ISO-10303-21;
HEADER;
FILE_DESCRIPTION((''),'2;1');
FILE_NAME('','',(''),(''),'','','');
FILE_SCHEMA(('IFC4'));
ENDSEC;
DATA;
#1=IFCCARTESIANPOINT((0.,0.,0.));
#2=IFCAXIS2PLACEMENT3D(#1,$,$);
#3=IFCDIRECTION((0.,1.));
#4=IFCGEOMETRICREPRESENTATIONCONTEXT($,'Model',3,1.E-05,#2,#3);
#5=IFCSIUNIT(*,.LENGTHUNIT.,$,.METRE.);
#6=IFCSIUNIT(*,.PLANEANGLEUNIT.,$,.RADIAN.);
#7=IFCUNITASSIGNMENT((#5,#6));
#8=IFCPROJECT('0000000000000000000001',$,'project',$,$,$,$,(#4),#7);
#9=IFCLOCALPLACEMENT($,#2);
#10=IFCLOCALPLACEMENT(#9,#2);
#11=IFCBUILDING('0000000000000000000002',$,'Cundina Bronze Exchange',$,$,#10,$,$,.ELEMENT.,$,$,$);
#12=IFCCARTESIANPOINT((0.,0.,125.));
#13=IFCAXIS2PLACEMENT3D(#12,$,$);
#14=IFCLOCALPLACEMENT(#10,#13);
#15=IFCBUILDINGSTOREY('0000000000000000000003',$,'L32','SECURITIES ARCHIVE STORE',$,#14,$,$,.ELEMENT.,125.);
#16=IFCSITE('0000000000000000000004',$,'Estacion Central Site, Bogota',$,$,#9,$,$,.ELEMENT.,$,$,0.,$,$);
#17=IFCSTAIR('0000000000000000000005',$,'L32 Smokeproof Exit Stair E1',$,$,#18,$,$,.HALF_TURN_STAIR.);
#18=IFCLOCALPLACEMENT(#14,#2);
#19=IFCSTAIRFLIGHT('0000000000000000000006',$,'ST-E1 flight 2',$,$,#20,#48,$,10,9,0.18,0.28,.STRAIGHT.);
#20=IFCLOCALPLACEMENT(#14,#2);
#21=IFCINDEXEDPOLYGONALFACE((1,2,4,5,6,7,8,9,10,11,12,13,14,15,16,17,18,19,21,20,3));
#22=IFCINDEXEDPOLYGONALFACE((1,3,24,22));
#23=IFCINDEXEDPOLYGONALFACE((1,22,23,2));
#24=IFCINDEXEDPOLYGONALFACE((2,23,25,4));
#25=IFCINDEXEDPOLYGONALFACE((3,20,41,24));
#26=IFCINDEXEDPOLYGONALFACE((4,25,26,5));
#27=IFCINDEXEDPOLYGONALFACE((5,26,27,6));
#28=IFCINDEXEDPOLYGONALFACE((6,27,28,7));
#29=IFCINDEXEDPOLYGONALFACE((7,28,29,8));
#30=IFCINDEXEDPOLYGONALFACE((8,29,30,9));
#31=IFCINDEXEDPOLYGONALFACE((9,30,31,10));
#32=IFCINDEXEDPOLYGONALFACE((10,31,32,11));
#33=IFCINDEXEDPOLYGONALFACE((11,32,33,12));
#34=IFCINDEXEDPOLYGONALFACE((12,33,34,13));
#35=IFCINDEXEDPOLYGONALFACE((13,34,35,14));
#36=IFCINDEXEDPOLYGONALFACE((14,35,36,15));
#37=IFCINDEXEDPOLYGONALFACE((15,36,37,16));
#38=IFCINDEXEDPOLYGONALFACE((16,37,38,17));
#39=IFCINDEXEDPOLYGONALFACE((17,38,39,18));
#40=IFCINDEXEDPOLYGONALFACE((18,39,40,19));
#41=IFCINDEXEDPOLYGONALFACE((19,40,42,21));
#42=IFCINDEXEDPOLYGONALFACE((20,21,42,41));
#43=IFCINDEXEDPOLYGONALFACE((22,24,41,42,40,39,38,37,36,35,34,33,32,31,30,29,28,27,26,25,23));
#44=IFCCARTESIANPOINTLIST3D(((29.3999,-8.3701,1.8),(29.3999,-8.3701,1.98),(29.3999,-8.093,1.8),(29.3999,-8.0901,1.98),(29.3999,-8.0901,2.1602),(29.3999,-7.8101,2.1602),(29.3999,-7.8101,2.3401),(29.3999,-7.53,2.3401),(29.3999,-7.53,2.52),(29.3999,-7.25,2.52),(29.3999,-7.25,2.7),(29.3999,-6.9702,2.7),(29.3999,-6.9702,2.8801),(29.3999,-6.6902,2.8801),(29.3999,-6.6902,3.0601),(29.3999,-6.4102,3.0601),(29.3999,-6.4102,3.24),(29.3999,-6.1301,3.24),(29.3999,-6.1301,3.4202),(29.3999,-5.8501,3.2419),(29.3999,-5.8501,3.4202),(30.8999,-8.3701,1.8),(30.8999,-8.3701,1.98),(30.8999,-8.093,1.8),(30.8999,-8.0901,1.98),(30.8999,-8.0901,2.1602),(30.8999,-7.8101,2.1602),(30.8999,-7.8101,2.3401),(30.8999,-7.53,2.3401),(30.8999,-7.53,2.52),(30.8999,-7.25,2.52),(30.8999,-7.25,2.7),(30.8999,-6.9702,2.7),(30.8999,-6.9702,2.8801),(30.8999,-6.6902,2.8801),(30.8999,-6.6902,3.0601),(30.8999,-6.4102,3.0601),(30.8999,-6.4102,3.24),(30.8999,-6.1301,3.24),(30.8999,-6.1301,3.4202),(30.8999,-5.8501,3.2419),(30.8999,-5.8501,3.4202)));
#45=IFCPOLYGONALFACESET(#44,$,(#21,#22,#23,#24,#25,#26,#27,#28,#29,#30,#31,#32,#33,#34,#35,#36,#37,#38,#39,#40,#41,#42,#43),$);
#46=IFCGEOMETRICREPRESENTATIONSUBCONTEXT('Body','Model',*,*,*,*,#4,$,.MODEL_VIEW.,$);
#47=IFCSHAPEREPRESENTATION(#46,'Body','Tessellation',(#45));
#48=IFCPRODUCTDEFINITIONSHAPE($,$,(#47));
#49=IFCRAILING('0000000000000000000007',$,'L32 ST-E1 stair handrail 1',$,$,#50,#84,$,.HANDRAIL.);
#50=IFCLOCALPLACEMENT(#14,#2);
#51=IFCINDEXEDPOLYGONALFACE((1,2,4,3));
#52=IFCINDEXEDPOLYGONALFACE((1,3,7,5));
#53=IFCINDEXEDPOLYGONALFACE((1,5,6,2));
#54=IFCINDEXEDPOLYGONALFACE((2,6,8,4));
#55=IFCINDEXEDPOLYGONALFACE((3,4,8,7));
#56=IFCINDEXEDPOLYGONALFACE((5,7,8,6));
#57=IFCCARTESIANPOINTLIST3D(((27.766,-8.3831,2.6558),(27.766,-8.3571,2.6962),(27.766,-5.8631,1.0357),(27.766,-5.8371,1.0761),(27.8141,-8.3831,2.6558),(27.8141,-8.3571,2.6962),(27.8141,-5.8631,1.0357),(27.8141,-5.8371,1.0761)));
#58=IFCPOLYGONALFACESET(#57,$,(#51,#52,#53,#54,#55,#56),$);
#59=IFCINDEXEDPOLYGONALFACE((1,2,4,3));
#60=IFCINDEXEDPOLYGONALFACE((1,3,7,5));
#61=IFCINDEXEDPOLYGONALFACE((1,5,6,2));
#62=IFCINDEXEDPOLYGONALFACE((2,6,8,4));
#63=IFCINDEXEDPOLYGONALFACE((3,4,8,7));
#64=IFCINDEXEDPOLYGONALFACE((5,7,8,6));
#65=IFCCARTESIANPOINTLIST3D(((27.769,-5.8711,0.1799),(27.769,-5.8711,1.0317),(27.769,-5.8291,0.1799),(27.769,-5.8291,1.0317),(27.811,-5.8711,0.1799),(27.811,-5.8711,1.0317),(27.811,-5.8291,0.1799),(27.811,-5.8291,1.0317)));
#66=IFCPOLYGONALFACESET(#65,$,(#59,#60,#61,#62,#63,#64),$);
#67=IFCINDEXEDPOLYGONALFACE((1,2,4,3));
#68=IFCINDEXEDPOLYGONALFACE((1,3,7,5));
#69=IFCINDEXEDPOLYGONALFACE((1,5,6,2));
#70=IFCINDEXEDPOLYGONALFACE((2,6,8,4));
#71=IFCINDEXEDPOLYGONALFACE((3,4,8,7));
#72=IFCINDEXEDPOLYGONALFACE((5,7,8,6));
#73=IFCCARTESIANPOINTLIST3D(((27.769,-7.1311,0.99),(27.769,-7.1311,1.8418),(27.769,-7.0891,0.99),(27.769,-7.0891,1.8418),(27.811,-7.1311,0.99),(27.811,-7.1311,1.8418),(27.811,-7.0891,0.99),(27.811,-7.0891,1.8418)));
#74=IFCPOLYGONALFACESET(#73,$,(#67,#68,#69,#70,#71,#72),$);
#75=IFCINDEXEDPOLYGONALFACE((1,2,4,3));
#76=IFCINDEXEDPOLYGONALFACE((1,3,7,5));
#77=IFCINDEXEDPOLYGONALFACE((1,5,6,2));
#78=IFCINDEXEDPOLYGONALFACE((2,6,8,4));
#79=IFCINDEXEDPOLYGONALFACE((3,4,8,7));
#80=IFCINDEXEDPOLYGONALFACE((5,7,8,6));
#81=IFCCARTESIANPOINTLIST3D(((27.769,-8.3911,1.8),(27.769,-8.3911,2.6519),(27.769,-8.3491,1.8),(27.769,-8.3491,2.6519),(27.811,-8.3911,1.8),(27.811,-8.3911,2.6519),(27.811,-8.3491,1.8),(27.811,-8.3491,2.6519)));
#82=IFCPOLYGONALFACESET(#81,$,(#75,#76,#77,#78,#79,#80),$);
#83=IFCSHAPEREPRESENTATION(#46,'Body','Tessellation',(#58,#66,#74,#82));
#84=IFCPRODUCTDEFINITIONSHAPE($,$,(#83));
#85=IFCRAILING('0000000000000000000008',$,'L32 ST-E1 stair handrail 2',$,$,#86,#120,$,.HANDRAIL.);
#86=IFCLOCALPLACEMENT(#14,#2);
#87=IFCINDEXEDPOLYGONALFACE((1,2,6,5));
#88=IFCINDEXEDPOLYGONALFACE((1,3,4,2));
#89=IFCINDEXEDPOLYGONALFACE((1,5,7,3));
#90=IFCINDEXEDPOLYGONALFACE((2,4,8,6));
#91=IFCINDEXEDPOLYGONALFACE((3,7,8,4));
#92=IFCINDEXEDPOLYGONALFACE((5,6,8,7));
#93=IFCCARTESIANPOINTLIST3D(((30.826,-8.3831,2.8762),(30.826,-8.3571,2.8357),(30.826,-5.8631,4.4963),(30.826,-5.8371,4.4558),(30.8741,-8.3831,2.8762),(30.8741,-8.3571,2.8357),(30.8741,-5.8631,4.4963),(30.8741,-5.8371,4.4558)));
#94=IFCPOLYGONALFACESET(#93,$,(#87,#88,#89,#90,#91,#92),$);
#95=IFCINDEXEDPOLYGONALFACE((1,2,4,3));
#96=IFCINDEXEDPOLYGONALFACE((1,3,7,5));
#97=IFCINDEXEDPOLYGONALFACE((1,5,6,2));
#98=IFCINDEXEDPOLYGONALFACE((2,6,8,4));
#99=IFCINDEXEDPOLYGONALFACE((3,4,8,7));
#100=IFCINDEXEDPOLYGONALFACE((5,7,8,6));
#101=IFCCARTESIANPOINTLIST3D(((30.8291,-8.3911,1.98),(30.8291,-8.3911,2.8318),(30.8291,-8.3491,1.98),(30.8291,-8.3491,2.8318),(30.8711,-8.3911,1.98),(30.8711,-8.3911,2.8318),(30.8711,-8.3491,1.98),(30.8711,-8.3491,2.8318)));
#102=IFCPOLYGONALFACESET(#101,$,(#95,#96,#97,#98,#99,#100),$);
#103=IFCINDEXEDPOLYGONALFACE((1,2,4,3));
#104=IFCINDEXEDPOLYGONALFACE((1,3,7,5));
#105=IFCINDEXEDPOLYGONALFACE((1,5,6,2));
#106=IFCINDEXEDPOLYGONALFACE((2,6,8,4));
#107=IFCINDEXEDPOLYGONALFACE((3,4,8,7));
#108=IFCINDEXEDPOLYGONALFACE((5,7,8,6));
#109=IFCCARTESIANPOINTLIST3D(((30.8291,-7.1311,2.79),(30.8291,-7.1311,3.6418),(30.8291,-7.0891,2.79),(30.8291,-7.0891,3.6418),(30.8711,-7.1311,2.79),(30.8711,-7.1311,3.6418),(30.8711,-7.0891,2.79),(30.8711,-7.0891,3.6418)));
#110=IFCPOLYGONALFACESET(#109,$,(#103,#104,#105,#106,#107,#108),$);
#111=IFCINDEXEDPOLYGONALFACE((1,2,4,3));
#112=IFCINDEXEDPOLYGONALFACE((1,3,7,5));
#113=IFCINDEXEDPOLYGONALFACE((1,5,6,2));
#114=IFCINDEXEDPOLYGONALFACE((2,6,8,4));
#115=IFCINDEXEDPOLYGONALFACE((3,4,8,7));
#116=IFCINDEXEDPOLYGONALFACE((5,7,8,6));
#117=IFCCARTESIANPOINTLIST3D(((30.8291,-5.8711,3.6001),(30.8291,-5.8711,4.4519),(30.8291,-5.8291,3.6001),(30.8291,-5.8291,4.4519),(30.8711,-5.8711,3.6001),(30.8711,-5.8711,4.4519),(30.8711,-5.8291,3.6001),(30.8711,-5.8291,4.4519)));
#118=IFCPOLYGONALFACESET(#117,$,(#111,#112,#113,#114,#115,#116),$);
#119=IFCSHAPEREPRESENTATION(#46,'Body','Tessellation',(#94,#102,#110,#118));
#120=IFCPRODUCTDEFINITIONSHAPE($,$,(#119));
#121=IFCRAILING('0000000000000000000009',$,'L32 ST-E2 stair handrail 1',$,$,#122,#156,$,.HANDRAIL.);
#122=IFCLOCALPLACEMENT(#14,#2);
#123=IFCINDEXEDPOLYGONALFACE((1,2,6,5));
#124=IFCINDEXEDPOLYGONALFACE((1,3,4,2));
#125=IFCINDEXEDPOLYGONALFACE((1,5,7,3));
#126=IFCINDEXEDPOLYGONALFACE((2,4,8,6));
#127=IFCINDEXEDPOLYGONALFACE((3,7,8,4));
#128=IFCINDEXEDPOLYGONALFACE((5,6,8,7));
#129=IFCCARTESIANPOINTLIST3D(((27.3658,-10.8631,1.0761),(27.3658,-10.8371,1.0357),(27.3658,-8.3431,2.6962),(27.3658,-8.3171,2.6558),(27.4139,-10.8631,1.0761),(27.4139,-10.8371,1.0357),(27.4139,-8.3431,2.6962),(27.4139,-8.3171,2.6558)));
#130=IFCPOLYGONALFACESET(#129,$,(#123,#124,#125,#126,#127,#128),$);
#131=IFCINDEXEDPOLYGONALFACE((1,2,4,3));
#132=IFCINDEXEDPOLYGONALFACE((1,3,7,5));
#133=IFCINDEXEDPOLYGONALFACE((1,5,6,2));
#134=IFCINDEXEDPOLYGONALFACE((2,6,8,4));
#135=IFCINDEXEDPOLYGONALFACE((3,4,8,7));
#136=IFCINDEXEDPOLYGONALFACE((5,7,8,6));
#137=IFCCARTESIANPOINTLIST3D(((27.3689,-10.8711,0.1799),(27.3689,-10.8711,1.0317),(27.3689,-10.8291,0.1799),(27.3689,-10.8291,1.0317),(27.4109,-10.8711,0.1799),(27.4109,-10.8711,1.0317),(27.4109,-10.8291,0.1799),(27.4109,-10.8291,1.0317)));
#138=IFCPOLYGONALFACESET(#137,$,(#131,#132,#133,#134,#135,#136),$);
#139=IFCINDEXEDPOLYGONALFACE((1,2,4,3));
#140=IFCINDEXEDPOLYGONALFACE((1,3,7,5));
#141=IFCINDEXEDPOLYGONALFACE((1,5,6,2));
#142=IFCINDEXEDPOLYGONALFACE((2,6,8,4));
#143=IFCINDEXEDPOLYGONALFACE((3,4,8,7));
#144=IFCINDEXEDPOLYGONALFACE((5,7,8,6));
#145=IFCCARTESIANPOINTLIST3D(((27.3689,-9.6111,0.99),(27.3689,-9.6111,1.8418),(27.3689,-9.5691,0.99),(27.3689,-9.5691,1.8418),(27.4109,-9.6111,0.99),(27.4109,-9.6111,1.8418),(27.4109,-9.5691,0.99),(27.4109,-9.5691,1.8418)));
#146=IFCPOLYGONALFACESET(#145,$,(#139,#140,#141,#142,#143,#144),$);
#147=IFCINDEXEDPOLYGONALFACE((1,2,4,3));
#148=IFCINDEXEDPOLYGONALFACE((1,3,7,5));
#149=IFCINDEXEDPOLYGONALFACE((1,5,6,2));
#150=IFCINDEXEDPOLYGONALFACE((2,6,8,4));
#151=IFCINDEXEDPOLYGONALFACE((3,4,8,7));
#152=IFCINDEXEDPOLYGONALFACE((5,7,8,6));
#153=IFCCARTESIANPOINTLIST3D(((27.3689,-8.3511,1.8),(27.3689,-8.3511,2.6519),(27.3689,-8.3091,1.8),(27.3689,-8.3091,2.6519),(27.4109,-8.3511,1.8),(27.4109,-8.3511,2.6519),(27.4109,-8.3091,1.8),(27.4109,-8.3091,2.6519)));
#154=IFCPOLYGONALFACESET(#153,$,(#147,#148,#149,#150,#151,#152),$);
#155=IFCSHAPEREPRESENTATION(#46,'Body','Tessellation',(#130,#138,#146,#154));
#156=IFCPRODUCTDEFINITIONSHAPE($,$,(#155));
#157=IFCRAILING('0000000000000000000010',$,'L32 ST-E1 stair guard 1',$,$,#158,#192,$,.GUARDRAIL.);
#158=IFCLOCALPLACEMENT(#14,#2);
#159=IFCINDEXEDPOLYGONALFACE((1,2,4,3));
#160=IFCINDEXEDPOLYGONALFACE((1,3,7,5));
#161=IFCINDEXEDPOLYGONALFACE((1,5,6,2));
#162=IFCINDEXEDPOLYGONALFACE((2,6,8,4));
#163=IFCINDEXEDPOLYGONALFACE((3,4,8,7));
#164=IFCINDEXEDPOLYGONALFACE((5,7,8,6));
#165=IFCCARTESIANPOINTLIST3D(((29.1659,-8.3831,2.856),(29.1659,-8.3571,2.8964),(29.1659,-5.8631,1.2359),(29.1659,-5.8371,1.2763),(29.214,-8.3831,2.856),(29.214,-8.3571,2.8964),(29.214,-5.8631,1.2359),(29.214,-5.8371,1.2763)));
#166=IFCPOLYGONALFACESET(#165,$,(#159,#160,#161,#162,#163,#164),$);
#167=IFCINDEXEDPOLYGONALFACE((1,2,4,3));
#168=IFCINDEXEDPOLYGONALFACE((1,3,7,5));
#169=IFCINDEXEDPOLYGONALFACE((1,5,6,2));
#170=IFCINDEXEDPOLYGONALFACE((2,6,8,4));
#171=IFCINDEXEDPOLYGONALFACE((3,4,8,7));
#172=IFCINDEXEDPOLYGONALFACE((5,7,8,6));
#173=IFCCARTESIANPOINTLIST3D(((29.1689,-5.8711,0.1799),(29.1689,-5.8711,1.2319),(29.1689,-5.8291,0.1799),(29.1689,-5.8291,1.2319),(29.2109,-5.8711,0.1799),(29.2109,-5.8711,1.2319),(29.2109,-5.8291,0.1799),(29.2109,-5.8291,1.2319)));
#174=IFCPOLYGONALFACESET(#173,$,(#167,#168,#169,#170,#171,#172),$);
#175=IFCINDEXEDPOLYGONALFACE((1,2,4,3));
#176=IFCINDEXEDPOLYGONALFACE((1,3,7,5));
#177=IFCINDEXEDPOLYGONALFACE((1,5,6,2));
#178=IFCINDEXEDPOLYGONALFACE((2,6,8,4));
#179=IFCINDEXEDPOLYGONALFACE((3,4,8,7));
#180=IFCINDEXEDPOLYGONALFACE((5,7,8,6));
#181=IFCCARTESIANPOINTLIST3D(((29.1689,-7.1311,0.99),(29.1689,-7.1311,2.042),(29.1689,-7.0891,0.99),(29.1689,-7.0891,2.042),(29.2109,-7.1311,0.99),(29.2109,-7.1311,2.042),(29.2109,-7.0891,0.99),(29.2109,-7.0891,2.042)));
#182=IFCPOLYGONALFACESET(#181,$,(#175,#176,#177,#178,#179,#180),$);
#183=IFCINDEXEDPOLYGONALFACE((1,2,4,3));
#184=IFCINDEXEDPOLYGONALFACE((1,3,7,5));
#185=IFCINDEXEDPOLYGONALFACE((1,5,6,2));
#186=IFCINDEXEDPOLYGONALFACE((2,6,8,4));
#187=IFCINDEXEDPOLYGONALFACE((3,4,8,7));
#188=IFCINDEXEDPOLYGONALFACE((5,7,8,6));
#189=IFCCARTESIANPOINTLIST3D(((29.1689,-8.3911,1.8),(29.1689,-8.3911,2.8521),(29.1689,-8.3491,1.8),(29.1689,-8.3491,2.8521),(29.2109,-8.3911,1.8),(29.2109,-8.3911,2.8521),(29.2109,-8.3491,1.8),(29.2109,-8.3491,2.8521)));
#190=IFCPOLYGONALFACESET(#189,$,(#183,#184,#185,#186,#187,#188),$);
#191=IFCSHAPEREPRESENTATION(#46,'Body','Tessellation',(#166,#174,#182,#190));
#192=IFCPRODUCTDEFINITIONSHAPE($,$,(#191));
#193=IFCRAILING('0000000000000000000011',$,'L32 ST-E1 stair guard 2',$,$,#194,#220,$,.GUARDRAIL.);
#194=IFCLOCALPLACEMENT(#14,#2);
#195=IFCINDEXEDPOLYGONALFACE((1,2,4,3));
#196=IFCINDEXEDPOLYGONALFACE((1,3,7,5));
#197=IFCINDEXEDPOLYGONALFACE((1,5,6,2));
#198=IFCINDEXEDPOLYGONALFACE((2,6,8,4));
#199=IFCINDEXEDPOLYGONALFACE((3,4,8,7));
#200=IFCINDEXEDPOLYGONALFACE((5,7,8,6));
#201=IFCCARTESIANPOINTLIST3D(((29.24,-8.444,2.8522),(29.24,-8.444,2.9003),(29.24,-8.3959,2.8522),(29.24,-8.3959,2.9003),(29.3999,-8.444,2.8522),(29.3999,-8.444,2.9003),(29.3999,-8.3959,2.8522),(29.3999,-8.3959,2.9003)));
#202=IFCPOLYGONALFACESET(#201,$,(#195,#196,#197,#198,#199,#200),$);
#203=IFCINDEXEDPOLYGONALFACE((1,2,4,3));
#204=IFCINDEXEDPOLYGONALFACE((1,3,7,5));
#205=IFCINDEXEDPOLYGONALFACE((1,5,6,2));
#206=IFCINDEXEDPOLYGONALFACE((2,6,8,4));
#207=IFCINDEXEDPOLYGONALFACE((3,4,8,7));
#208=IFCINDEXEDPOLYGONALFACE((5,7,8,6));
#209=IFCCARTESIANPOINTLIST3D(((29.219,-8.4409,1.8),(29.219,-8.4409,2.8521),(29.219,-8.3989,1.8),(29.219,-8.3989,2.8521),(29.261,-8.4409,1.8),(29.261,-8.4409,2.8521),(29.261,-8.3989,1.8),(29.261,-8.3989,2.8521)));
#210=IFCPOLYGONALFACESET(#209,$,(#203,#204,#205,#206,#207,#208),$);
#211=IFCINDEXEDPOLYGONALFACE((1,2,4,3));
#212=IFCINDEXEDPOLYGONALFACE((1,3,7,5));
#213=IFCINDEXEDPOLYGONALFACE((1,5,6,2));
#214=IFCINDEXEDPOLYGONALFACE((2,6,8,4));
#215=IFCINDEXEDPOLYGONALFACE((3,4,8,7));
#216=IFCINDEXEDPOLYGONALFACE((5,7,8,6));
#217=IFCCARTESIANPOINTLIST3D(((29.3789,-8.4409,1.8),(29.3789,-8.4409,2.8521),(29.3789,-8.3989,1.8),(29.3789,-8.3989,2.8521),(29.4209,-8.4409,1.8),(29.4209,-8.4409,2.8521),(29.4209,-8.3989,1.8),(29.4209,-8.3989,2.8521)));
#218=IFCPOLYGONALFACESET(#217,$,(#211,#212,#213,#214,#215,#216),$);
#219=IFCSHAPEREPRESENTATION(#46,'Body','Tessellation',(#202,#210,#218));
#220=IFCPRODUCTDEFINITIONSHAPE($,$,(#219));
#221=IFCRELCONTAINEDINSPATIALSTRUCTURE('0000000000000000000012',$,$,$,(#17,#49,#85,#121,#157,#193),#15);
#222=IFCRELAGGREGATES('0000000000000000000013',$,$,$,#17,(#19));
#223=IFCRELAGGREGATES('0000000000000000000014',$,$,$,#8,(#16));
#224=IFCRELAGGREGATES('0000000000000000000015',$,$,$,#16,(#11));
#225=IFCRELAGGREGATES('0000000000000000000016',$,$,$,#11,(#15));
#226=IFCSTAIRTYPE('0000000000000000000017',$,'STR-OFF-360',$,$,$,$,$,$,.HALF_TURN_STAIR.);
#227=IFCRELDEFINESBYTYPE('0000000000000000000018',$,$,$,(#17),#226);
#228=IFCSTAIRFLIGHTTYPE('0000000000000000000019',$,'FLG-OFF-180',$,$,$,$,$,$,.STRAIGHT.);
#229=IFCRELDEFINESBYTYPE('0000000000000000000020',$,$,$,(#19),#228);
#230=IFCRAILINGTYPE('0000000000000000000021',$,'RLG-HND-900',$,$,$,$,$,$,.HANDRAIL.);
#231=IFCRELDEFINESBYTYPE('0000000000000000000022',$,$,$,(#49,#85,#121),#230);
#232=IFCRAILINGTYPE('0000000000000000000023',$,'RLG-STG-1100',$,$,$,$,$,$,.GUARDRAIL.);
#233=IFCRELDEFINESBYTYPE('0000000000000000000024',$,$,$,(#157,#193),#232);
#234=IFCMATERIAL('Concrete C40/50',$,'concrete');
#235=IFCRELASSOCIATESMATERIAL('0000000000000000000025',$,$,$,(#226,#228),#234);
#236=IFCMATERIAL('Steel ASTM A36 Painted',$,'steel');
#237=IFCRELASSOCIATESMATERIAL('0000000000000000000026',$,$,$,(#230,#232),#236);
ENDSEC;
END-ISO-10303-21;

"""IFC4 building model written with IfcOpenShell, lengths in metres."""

from ifc_helpers import new_model, si_unit, direction, frame, origin, origin_2d, place, context, subcontext, project, spatial, polyline, rectangle, outline, extrude, material, type_object, element, aggregate, save


model = new_model("IFC4")

# Units and contexts
model_context = context("Model", 3, precision=1e-05, world=origin(), true_north=direction((0.0, 1.0)))
body_context = subcontext(model_context, "Body", "Model", "MODEL_VIEW")
ifc_project = project(units=[si_unit("LENGTHUNIT", "METRE"), si_unit("PLANEANGLEUNIT", "RADIAN")], contexts=[model_context])

# Site, building, storey
site_placement = place(None, origin())
site = spatial("IfcSite", under=ifc_project, at=site_placement, Name="Estacion Central Site, Bogota", CompositionType="ELEMENT", RefElevation=0.0)
building_placement = place(site_placement, origin())
building = spatial("IfcBuilding", under=site, at=building_placement, Name="Cundina Bronze Exchange", CompositionType="ELEMENT")
storey_placement = place(building_placement, frame((0.0, 0.0, 125.0)))
storey = spatial("IfcBuildingStorey", under=building, at=storey_placement, Name="L32", Description="SECURITIES ARCHIVE STORE", CompositionType="ELEMENT", Elevation=125.0)

# Stair, stair flight
ifc_material_1 = material(Name="Concrete C40/50", Category="concrete")
stair_type = type_object("IfcStairType", Name="STR-OFF-360", PredefinedType="HALF_TURN_STAIR", material=ifc_material_1)
stair_placement = place(storey_placement, origin())
stair = element("IfcStair", 1, at=stair_placement, inside=storey, type_object=stair_type, Name="L32 Smokeproof Exit Stair E1", PredefinedType="HALF_TURN_STAIR")
stair_flight_type = type_object("IfcStairFlightType", Name="FLG-OFF-180", PredefinedType="STRAIGHT", material=ifc_material_1)
stair_flight_1_placement = place(storey_placement, frame((30.1499, -8.3701, 1.8), z_axis=(0.0, 0.0, 1.0), x_axis=(0.0, 1.0, 0.0)))
stair_flight_1 = element("IfcStairFlight", 2, at=stair_flight_1_placement, type_object=stair_flight_type, Name="ST-E1 flight 2", NumberOfRisers=10, NumberOfTreads=9, PredefinedType="STRAIGHT", RiserHeight=0.18, TreadLength=0.28, context=body_context, shape_type="SweptSolid", body=[
    extrude(outline(polyline([(0.0, 0.0), (0.0, 0.1799), (0.28, 0.1799), (0.28, 0.3601), (0.5601, 0.3601), (0.5601, 0.54), (0.8401, 0.54), (0.8401, 0.72), (1.1201, 0.72), (1.1201, 0.8999), (1.3999, 0.8999), (1.3999, 1.0801), (1.6799, 1.0801), (1.6799, 1.26), (1.96, 1.26), (1.96, 1.4399), (2.24, 1.4399), (2.24, 1.6201), (2.52, 1.6201), (2.52, 1.8), (2.52, 1.4419), (0.2771, 0.0), (0.0, 0.0)])), frame((0.0, 0.75, 0.0), z_axis=(0.0, -1.0, 0.0), x_axis=(1.0, 0.0, 0.0)), (0.0, 0.0, 1.0), 1.5),
])
aggregate(stair, [stair_flight_1])

# Railings
ifc_material_2 = material(Name="Steel ASTM A36 Painted", Category="steel")
railing_type_1 = type_object("IfcRailingType", Name="RLG-HND-900", PredefinedType="HANDRAIL", material=ifc_material_2)
railing_1_placement = place(storey_placement, frame((27.79, -5.8501, 0.1799)))
element("IfcRailing", 3, at=railing_1_placement, inside=storey, type_object=railing_type_1, Name="L32 ST-E1 stair handrail 1", PredefinedType="HANDRAIL", context=body_context, shape_type="SweptSolid", body=[
    extrude(rectangle(XDim=0.0481, YDim=0.0481, at=origin_2d()), frame((0.0, 0.0, 0.876), z_axis=(0.0, -0.841163, 0.540782), x_axis=(1.0, 0.0, 0.0)), (0.0, 0.0, 1.0), 2.9958),
    extrude(rectangle(XDim=0.042, YDim=0.042, at=origin_2d()), origin(), (0.0, 0.0, 1.0), 0.8518),
    extrude(rectangle(XDim=0.042, YDim=0.042, at=origin_2d()), frame((0.0, -1.26, 0.8101)), (0.0, 0.0, 1.0), 0.8518),
    extrude(rectangle(XDim=0.042, YDim=0.042, at=origin_2d()), frame((0.0, -2.52, 1.6201)), (0.0, 0.0, 1.0), 0.8518),
])
for number, where, name in (
    (4, (30.8501, -8.3701, 1.98), "L32 ST-E1 stair handrail 2"),
    (5, (27.3899, -10.8501, 0.1799), "L32 ST-E2 stair handrail 1"),
):
    element("IfcRailing", number, at=place(storey_placement, frame(where)), inside=storey, type_object=railing_type_1, Name=name, PredefinedType="HANDRAIL", context=body_context, shape_type="SweptSolid", body=[
        extrude(rectangle(XDim=0.0481, YDim=0.0481, at=origin_2d()), frame((0.0, 0.0, 0.876), z_axis=(0.0, 0.841163, 0.540782), x_axis=(-1.0, 0.0, 0.0)), (0.0, 0.0, 1.0), 2.9958),
        extrude(rectangle(XDim=0.042, YDim=0.042, at=origin_2d()), origin(), (0.0, 0.0, 1.0), 0.8518),
        extrude(rectangle(XDim=0.042, YDim=0.042, at=origin_2d()), frame((0.0, 1.26, 0.8101)), (0.0, 0.0, 1.0), 0.8518),
        extrude(rectangle(XDim=0.042, YDim=0.042, at=origin_2d()), frame((0.0, 2.52, 1.6201)), (0.0, 0.0, 1.0), 0.8518),
    ])
railing_type_2 = type_object("IfcRailingType", Name="RLG-STG-1100", PredefinedType="GUARDRAIL", material=ifc_material_2)
railing_2_placement = place(storey_placement, frame((29.1899, -5.8501, 0.1799)))
element("IfcRailing", 6, at=railing_2_placement, inside=storey, type_object=railing_type_2, Name="L32 ST-E1 stair guard 1", PredefinedType="GUARDRAIL", context=body_context, shape_type="SweptSolid", body=[
    extrude(rectangle(XDim=0.0481, YDim=0.0481, at=origin_2d()), frame((0.0, 0.0, 1.0762), z_axis=(0.0, -0.841163, 0.540782), x_axis=(1.0, 0.0, 0.0)), (0.0, 0.0, 1.0), 2.9958),
    extrude(rectangle(XDim=0.042, YDim=0.042, at=origin_2d()), origin(), (0.0, 0.0, 1.0), 1.052),
    extrude(rectangle(XDim=0.042, YDim=0.042, at=origin_2d()), frame((0.0, -1.26, 0.8101)), (0.0, 0.0, 1.0), 1.052),
    extrude(rectangle(XDim=0.042, YDim=0.042, at=origin_2d()), frame((0.0, -2.52, 1.6201)), (0.0, 0.0, 1.0), 1.052),
])
railing_3_placement = place(storey_placement, frame((29.24, -8.4199, 1.8)))
element("IfcRailing", 7, at=railing_3_placement, inside=storey, type_object=railing_type_2, Name="L32 ST-E1 stair guard 2", PredefinedType="GUARDRAIL", context=body_context, shape_type="SweptSolid", body=[
    extrude(rectangle(XDim=0.0481, YDim=0.0481, at=origin_2d()), frame((0.0, 0.0, 1.0762), z_axis=(1.0, 0.0, 0.0), x_axis=(0.0, 1.0, 0.0)), (0.0, 0.0, 1.0), 0.1599),
    extrude(rectangle(XDim=0.042, YDim=0.042, at=origin_2d()), origin(), (0.0, 0.0, 1.0), 1.052),
    extrude(rectangle(XDim=0.042, YDim=0.042, at=origin_2d()), frame((0.1599, 0.0, 0.0)), (0.0, 0.0, 1.0), 1.052),
])

save(model, "model.ifc")
